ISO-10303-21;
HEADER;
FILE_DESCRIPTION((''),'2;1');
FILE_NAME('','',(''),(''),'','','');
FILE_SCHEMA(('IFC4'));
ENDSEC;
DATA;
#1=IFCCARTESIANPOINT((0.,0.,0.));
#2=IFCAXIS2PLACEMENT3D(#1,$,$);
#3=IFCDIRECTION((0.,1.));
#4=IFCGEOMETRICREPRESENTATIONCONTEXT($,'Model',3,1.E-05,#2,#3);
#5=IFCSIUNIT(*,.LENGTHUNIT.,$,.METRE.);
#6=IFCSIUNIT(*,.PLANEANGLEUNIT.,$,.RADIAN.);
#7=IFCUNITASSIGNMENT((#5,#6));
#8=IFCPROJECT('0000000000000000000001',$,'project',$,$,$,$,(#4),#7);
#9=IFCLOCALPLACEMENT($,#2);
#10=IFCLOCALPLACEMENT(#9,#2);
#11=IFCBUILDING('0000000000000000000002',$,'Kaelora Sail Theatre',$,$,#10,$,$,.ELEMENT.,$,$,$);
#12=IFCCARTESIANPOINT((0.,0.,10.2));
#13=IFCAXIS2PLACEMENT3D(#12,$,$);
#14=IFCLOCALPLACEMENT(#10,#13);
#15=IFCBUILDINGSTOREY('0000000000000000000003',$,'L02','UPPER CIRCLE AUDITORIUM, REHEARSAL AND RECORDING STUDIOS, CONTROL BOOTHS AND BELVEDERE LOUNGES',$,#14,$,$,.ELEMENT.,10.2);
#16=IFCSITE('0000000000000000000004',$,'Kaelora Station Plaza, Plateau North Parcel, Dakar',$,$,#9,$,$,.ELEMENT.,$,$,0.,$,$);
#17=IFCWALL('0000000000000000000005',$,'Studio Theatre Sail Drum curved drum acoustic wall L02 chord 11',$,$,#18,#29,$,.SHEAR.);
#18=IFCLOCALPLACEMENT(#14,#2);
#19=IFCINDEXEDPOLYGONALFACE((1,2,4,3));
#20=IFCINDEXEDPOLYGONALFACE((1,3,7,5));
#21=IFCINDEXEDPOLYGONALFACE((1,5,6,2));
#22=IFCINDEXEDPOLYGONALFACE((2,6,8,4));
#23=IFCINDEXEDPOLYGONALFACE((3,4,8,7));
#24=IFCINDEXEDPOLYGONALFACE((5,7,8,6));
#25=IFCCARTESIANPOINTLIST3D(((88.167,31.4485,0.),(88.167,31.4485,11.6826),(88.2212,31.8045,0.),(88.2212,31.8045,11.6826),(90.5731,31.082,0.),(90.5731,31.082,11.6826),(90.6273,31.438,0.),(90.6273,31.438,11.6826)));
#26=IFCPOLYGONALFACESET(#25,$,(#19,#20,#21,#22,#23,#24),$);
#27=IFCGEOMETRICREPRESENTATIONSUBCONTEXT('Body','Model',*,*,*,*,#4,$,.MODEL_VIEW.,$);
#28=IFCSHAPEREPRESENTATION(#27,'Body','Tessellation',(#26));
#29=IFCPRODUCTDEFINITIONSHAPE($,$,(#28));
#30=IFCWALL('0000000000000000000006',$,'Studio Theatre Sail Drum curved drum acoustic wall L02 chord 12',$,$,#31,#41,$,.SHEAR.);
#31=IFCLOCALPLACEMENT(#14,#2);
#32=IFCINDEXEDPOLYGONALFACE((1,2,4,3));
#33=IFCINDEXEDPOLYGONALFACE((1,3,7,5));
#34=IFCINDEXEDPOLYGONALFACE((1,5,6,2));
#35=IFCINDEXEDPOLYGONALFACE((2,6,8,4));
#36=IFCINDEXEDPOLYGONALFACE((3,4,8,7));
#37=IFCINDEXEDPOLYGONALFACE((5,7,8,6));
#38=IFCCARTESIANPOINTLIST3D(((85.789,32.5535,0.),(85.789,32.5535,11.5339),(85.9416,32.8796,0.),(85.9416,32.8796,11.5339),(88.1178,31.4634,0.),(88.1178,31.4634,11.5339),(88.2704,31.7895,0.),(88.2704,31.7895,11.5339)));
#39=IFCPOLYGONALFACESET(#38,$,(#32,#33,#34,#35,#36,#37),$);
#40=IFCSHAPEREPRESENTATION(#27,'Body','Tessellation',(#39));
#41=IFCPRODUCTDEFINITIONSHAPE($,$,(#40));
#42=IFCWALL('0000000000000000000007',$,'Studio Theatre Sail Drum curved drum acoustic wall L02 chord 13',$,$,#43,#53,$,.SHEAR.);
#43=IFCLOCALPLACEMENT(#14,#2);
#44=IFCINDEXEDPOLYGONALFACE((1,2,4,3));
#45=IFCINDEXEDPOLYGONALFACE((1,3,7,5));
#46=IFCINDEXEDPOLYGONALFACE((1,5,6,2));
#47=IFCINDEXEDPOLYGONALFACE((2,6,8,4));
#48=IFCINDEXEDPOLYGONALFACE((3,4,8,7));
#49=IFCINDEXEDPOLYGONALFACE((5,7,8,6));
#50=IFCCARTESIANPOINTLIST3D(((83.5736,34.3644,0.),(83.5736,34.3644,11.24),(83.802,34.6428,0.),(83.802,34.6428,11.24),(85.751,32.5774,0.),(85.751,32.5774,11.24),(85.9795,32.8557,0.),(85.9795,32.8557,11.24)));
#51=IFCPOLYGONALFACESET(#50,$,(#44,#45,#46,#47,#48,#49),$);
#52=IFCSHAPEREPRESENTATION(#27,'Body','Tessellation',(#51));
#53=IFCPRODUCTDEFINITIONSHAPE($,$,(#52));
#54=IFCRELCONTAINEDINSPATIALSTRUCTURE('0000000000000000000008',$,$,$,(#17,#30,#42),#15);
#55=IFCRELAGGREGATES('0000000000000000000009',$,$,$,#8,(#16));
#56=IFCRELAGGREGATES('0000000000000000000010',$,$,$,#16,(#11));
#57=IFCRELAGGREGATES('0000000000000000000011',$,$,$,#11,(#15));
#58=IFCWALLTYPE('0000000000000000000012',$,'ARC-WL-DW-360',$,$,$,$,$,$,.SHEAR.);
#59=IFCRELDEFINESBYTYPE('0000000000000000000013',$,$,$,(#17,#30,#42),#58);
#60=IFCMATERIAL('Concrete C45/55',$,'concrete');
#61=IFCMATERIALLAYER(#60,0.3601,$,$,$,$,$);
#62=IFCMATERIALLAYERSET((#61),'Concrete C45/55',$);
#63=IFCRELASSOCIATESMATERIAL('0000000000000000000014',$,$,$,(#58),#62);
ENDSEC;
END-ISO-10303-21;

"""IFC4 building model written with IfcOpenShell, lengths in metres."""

from ifc_helpers import new_model, si_unit, direction, frame, frame_2d, origin, place, context, subcontext, project, spatial, rectangle, extrude, material, layer, layer_set, type_object, element, save


model = new_model("IFC4")

# Units and contexts
model_context = context("Model", 3, precision=1e-05, world=origin(), true_north=direction((0.0, 1.0)))
body_context = subcontext(model_context, "Body", "Model", "MODEL_VIEW")
ifc_project = project(units=[si_unit("LENGTHUNIT", "METRE"), si_unit("PLANEANGLEUNIT", "RADIAN")], contexts=[model_context])

# Site, building, storey
site_placement = place(None, origin())
site = spatial("IfcSite", under=ifc_project, at=site_placement, Name="Kaelora Station Plaza, Plateau North Parcel, Dakar", CompositionType="ELEMENT", RefElevation=0.0)
building_placement = place(site_placement, origin())
building = spatial("IfcBuilding", under=site, at=building_placement, Name="Kaelora Sail Theatre", CompositionType="ELEMENT")
storey_placement = place(building_placement, frame((0.0, 0.0, 10.2)))
storey = spatial("IfcBuildingStorey", under=building, at=storey_placement, Name="L02", Description="UPPER CIRCLE AUDITORIUM, REHEARSAL AND RECORDING STUDIOS, CONTROL BOOTHS AND BELVEDERE LOUNGES", CompositionType="ELEMENT", Elevation=10.2)

# Walls
ifc_material_1 = material(Name="Concrete C45/55", Category="concrete")
ifc_layer = layer(ifc_material_1, 0.3601)
ifc_layer_set = layer_set([ifc_layer], Name="Concrete C45/55")
wall_type = type_object("IfcWallType", Name="ARC-WL-DW-360", PredefinedType="SHEAR", material=ifc_layer_set)
wall_1_placement = place(storey_placement, frame((90.6001, 31.26, 0.0), z_axis=(0.0, 0.0, 1.0), x_axis=(-0.988599, 0.150572, 0.0)))
element("IfcWall", 1, at=wall_1_placement, inside=storey, type_object=wall_type, Name="Studio Theatre Sail Drum curved drum acoustic wall L02 chord 11", PredefinedType="SHEAR", context=body_context, shape_type="SweptSolid", body=[
    extrude(rectangle(XDim=2.4338, YDim=0.3601, at=frame_2d((1.2168, 0.0))), origin(), (0.0, 0.0, 1.0), 11.6826),
])
wall_2_placement = place(storey_placement, frame((88.1941, 31.6265, 0.0), z_axis=(0.0, 0.0, 1.0), x_axis=(-0.905693, 0.423935, 0.0)))
element("IfcWall", 2, at=wall_2_placement, inside=storey, type_object=wall_type, Name="Studio Theatre Sail Drum curved drum acoustic wall L02 chord 12", PredefinedType="SHEAR", context=body_context, shape_type="SweptSolid", body=[
    extrude(rectangle(XDim=2.5713, YDim=0.3601, at=frame_2d((1.2856, 0.0))), origin(), (0.0, 0.0, 1.0), 11.5339),
])
wall_3_placement = place(storey_placement, frame((85.8652, 32.7166, 0.0), z_axis=(0.0, 0.0, 1.0), x_axis=(-0.772995, 0.634412, 0.0)))
element("IfcWall", 3, at=wall_3_placement, inside=storey, type_object=wall_type, Name="Studio Theatre Sail Drum curved drum acoustic wall L02 chord 13", PredefinedType="SHEAR", context=body_context, shape_type="SweptSolid", body=[
    extrude(rectangle(XDim=2.8169, YDim=0.3601, at=frame_2d((1.4084, 0.0))), origin(), (0.0, 0.0, 1.0), 11.24),
])

save(model, "model.ifc")
